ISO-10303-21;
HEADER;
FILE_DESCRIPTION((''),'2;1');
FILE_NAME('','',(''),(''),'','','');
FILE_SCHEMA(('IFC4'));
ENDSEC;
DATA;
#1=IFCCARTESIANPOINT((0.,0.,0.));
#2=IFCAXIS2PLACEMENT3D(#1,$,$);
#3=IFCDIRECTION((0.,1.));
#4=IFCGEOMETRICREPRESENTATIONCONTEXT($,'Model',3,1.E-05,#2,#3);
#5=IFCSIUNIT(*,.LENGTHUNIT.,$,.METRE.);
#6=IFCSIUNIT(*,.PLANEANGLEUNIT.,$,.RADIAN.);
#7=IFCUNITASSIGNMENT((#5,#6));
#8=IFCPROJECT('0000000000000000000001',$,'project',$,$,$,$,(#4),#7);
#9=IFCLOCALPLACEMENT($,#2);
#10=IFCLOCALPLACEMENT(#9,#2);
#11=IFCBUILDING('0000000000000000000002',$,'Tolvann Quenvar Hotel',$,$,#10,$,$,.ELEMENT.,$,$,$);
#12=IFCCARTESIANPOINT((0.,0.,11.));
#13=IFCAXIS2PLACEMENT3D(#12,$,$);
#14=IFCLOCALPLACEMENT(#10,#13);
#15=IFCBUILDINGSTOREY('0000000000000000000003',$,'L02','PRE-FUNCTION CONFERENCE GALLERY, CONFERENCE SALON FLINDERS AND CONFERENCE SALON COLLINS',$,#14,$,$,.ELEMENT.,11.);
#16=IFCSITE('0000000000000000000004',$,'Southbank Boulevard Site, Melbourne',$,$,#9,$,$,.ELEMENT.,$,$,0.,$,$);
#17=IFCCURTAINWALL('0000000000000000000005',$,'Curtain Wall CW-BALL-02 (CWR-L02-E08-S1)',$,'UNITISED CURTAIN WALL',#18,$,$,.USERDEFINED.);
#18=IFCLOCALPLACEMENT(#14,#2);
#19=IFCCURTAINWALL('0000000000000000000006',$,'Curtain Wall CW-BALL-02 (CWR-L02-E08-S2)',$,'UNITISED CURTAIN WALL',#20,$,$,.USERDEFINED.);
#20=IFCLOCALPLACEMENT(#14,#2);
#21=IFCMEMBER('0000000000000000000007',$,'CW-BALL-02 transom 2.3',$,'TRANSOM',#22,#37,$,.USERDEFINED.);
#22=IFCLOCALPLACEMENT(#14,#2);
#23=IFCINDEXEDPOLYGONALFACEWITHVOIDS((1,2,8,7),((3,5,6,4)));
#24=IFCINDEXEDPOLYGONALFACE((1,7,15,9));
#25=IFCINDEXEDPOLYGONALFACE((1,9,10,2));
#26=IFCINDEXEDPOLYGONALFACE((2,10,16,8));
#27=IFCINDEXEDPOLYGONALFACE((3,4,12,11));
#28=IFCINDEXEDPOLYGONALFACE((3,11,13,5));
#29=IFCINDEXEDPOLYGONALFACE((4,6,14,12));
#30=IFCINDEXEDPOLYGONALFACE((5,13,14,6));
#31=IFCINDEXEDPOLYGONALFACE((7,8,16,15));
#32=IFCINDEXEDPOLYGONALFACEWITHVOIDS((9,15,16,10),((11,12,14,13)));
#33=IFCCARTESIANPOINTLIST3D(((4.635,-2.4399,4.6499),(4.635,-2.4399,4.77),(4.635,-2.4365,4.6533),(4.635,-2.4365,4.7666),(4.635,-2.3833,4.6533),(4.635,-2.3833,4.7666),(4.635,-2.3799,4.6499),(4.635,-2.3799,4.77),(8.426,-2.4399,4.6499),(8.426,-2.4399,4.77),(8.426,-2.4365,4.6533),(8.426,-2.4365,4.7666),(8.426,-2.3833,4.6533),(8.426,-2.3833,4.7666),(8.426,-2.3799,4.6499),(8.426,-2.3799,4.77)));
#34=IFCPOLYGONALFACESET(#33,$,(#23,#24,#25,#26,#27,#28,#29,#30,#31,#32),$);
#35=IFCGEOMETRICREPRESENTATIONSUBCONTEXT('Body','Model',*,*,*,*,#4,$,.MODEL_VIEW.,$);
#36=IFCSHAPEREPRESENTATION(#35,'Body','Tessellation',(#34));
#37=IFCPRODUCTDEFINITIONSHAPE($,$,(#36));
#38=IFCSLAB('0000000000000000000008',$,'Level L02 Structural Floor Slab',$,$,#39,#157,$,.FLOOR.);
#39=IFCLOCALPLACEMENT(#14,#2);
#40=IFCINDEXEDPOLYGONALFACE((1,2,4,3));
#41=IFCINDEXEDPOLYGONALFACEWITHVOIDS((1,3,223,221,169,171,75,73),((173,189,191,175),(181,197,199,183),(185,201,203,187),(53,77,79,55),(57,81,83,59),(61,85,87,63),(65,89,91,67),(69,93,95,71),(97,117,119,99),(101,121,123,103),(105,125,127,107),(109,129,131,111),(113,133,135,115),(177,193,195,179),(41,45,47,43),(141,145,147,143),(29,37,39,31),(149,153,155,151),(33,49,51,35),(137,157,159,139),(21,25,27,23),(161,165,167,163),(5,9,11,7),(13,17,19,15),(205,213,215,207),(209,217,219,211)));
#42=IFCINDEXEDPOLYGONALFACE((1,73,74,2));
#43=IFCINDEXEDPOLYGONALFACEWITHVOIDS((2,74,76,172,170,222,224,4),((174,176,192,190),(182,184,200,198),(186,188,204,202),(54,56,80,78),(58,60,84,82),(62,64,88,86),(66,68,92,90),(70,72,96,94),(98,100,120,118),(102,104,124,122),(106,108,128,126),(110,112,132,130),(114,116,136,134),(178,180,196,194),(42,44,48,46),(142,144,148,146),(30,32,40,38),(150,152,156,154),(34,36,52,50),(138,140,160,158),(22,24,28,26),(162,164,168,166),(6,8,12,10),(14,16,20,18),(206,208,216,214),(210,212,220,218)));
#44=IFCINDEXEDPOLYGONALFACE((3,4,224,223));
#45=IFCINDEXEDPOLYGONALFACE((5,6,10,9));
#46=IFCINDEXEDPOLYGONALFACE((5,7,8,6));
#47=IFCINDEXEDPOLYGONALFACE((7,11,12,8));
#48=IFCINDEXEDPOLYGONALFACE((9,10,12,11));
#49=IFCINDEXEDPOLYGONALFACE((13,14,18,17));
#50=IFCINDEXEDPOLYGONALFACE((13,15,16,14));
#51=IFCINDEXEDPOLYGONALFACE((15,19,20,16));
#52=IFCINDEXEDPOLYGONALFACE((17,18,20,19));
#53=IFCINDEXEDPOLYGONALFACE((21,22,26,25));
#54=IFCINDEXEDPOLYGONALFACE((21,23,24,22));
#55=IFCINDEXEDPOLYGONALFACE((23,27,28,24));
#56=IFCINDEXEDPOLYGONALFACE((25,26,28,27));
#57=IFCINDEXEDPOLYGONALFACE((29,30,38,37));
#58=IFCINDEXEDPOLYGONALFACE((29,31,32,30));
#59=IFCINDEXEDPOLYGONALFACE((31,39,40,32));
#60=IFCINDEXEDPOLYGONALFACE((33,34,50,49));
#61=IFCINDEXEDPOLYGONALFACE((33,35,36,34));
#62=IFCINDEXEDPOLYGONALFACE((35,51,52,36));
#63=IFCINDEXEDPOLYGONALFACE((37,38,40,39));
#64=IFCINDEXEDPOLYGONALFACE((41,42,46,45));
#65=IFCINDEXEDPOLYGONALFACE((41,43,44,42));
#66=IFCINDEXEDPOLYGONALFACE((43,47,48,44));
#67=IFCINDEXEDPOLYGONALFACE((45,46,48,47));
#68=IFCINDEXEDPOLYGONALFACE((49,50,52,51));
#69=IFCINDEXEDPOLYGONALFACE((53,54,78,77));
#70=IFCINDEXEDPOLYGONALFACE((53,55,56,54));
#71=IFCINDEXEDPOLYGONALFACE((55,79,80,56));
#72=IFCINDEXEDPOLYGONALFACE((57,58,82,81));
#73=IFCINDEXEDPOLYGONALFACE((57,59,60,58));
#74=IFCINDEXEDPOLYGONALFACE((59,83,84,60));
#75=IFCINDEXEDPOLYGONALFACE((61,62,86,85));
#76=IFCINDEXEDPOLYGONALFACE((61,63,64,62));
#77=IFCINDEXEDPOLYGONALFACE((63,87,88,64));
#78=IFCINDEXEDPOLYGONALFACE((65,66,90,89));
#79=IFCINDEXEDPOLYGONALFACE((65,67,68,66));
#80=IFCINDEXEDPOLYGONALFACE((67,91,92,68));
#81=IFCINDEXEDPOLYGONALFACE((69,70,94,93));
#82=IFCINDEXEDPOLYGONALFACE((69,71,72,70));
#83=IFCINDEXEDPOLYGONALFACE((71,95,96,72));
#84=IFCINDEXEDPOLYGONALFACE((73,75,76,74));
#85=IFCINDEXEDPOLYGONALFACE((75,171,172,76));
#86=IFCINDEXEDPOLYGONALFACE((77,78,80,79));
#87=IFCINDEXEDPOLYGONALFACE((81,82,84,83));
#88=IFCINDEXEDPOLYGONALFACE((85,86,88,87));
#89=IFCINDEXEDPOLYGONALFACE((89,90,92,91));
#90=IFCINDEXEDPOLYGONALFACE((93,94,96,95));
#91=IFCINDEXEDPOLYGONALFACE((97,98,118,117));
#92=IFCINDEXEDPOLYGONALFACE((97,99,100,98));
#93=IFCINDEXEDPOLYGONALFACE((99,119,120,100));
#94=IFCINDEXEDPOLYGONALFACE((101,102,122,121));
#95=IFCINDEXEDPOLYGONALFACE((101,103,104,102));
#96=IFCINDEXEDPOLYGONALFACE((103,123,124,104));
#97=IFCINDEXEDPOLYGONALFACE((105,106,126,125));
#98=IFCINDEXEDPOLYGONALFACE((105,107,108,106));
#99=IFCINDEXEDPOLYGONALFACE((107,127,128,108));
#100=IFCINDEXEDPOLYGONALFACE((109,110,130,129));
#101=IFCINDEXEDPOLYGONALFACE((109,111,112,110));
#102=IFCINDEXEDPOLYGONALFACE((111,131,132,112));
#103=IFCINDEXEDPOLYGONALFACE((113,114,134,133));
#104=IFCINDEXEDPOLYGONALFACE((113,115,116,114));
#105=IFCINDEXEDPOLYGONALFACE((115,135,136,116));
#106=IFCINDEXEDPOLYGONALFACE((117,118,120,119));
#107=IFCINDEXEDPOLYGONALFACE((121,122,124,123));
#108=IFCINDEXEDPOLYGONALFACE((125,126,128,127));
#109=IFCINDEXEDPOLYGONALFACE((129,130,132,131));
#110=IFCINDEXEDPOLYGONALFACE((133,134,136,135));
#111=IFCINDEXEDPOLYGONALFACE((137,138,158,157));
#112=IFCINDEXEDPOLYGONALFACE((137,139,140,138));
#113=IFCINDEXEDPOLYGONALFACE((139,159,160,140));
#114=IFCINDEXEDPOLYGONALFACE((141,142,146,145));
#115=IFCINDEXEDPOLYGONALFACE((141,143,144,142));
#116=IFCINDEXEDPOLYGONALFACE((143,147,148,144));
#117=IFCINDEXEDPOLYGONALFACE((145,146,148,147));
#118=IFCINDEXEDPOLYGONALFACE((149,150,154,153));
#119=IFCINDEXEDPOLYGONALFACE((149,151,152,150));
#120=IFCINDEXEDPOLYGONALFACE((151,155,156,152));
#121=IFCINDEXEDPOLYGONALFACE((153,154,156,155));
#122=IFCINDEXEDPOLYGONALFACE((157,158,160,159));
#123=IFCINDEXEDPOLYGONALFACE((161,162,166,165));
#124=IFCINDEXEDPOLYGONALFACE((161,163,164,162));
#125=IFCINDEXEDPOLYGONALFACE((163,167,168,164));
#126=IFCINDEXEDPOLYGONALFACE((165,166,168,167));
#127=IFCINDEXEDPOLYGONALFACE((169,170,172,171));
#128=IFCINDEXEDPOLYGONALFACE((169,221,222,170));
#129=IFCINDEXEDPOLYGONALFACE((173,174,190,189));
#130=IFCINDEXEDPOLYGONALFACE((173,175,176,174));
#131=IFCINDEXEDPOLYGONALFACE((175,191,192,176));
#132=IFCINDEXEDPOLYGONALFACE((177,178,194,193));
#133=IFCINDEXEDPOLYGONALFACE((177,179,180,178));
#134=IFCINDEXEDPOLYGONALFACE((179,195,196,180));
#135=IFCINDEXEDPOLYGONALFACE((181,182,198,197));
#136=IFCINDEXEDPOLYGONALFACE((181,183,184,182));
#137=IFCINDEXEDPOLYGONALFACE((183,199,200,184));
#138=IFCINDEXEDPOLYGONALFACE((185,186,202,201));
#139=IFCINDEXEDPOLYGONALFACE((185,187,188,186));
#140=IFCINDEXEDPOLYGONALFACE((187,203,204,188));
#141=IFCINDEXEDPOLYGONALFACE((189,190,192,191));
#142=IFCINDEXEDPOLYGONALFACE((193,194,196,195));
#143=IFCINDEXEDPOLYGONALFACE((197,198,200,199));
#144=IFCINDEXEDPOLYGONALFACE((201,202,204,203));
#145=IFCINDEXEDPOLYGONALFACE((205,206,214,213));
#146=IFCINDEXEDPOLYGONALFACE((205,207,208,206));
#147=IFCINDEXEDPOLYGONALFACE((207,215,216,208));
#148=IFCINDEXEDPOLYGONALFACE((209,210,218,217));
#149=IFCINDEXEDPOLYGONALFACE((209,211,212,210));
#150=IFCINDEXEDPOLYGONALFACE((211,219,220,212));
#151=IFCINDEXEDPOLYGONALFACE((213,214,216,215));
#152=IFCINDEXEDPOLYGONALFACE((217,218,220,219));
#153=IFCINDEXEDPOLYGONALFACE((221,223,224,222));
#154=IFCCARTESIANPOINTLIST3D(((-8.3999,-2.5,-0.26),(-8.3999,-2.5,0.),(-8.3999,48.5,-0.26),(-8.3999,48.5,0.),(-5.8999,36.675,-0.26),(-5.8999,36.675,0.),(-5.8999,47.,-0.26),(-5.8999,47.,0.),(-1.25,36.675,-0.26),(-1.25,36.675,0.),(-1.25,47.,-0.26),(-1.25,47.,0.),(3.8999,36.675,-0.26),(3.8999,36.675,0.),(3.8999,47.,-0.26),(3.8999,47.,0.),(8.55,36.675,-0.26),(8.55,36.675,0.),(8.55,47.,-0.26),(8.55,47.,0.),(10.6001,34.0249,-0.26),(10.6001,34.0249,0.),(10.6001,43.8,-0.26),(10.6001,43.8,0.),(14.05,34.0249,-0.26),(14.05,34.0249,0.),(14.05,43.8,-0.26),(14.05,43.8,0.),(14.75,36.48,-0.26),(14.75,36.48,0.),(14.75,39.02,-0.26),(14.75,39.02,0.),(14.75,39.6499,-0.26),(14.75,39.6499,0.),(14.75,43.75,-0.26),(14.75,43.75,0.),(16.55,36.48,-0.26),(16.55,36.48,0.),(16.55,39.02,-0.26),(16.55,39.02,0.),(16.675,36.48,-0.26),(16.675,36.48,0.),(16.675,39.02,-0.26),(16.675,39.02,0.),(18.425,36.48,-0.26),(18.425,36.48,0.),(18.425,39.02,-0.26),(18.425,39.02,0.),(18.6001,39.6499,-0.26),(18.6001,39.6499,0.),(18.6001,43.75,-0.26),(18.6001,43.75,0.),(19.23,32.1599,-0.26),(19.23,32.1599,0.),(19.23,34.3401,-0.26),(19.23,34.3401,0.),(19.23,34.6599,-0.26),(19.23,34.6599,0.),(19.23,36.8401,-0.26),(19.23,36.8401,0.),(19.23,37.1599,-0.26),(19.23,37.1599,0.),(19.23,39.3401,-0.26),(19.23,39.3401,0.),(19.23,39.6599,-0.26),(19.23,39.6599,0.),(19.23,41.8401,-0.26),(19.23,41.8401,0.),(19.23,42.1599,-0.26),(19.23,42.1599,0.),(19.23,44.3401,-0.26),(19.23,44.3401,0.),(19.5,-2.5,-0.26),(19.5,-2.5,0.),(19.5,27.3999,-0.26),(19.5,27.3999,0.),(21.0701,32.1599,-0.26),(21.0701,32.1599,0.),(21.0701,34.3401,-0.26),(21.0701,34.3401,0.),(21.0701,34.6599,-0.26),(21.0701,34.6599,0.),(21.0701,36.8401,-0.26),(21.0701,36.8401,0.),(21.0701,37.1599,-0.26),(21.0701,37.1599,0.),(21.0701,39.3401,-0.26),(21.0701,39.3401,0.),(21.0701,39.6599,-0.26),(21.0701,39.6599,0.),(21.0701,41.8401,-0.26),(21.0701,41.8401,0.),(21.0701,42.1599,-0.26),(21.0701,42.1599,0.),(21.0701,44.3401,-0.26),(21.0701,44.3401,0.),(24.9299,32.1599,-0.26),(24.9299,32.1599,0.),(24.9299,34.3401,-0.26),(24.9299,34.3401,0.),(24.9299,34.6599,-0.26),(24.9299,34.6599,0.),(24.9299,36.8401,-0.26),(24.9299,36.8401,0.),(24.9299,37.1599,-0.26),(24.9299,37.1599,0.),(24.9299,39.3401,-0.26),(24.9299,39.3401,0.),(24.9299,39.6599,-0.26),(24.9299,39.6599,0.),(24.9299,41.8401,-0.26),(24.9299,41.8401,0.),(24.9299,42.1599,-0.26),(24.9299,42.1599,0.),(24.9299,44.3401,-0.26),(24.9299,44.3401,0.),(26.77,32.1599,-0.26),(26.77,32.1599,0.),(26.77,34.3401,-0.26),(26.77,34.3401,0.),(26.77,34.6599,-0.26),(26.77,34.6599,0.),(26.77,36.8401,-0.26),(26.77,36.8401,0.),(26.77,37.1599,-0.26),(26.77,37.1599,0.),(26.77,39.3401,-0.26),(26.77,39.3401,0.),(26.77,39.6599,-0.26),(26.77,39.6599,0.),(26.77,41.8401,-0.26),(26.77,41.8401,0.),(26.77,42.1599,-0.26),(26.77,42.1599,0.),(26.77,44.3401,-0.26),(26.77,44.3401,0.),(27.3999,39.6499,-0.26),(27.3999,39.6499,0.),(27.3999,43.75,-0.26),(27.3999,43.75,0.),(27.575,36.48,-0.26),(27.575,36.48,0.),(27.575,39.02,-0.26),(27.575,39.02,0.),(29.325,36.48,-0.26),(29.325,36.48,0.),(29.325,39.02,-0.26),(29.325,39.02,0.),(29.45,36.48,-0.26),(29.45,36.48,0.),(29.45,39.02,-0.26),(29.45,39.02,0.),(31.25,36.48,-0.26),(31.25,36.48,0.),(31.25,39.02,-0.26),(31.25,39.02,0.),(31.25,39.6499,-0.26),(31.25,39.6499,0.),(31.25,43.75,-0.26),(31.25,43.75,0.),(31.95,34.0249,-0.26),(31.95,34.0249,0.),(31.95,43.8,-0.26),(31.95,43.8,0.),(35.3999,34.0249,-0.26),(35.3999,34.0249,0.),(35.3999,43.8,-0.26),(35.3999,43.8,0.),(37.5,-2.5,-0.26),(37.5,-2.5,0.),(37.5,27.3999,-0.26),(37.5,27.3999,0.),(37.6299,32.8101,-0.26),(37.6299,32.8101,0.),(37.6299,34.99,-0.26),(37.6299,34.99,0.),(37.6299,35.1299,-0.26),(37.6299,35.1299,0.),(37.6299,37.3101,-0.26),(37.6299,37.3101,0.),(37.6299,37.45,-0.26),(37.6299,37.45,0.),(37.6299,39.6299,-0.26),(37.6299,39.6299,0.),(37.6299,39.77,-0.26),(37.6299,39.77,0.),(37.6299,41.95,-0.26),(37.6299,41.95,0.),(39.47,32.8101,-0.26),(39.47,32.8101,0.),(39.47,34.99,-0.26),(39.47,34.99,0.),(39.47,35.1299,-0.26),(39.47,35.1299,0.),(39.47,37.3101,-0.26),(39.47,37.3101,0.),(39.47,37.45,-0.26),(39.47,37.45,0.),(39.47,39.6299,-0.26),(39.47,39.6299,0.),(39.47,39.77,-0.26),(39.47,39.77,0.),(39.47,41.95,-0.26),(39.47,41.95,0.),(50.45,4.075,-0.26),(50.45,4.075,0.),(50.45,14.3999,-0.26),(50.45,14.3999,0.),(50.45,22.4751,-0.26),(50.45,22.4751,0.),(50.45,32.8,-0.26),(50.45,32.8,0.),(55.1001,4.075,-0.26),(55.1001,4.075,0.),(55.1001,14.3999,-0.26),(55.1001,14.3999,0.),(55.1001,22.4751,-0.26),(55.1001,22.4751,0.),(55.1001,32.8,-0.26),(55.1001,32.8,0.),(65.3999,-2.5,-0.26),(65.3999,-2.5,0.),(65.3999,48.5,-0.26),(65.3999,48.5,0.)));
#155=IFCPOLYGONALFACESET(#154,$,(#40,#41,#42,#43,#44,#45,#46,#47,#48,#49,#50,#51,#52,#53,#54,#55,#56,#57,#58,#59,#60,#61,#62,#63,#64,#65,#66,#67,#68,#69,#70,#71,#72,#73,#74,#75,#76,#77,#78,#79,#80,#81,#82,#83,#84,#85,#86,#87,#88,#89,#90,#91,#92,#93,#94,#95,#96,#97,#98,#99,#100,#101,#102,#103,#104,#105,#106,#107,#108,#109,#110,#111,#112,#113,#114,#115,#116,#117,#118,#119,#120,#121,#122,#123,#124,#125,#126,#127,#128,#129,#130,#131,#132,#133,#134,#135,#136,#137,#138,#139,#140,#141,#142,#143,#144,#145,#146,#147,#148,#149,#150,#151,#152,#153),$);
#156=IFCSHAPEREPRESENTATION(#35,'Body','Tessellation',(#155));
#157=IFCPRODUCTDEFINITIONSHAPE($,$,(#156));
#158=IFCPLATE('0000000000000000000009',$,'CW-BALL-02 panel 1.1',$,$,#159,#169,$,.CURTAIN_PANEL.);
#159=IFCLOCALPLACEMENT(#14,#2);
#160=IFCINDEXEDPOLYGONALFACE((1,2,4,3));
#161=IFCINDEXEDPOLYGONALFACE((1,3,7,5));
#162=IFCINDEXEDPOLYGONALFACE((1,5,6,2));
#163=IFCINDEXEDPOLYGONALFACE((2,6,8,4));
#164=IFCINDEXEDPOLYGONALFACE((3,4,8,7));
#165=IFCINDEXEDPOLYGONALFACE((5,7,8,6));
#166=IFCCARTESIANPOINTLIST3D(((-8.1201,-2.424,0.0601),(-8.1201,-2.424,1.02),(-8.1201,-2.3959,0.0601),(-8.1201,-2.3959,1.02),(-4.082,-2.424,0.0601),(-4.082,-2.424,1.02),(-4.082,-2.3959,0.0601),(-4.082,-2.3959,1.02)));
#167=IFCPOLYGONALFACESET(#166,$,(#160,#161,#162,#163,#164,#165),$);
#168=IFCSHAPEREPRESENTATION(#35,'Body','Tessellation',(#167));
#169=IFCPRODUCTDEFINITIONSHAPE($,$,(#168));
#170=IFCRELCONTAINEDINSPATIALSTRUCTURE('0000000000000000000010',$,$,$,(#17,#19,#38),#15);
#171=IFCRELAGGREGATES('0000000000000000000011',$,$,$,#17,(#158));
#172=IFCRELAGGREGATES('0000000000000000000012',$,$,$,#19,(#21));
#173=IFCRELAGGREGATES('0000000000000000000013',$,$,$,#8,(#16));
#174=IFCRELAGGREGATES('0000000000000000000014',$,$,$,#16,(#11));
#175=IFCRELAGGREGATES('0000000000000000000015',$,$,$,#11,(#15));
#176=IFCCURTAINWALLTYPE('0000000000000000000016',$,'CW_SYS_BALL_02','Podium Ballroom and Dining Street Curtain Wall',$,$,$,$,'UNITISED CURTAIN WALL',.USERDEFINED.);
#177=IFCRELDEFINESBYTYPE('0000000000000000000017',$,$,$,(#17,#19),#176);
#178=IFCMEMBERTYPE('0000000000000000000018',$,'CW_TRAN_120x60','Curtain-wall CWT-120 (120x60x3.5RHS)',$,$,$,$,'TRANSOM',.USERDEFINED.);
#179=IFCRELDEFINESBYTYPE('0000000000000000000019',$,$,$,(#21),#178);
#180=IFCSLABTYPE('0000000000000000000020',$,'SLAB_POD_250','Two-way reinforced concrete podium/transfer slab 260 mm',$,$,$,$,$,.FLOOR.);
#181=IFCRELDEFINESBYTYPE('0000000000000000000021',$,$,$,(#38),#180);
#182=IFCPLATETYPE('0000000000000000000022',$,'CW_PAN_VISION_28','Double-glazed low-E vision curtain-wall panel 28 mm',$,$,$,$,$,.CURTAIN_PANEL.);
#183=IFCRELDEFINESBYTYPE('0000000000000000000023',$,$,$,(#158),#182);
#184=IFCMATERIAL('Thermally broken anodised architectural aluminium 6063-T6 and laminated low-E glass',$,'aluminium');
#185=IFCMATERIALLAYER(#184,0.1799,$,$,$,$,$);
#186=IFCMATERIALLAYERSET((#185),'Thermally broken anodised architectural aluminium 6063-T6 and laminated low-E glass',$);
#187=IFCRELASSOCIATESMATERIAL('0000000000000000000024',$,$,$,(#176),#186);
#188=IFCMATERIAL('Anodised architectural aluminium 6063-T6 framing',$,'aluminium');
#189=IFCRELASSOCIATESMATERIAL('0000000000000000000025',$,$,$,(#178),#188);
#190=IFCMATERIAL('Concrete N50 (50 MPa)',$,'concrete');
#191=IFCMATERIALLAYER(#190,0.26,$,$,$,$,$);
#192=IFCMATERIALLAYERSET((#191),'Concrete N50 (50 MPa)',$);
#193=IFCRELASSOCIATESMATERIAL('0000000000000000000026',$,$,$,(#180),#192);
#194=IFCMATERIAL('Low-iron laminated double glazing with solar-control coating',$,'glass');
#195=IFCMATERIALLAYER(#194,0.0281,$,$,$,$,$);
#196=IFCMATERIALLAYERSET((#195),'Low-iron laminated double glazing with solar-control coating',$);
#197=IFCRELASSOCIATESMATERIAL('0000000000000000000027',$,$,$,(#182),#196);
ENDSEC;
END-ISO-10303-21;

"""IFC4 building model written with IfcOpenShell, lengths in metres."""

from ifc_helpers import new_model, si_unit, direction, frame, origin, origin_2d, place, context, subcontext, project, spatial, polyline, rectangle, hollow_rectangle, outline, extrude, source, transform, mapped, material, layer, layer_set, material_profile, profile_set, type_object, element, aggregate, save


model = new_model("IFC4")

# Units and contexts
model_context = context("Model", 3, precision=1e-05, world=origin(), true_north=direction((0.0, 1.0)))
body_context = subcontext(model_context, "Body", "Model", "MODEL_VIEW")
ifc_project = project(units=[si_unit("LENGTHUNIT", "METRE"), si_unit("PLANEANGLEUNIT", "RADIAN")], contexts=[model_context])

# Site, building, storey
site_placement = place(None, origin())
site = spatial("IfcSite", under=ifc_project, at=site_placement, Name="Southbank Boulevard Site, Melbourne", CompositionType="ELEMENT", RefElevation=0.0)
building_placement = place(site_placement, origin())
building = spatial("IfcBuilding", under=site, at=building_placement, Name="Tolvann Quenvar Hotel", CompositionType="ELEMENT")
storey_placement = place(building_placement, frame((0.0, 0.0, 11.0)))
storey = spatial("IfcBuildingStorey", under=building, at=storey_placement, Name="L02", Description="PRE-FUNCTION CONFERENCE GALLERY, CONFERENCE SALON FLINDERS AND CONFERENCE SALON COLLINS", CompositionType="ELEMENT", Elevation=11.0)

# Shared definitions
ifc_material_1 = material(Name="Concrete N50 (50 MPa)", Category="concrete")

# Curtain walls
ifc_material_2 = material(Name="Thermally broken anodised architectural aluminium 6063-T6 and laminated low-E glass", Category="aluminium")
ifc_layer_1 = layer(ifc_material_2, 0.1799)
ifc_layer_set_1 = layer_set([ifc_layer_1], Name="Thermally broken anodised architectural aluminium 6063-T6 and laminated low-E glass")
curtain_wall_type = type_object("IfcCurtainWallType", Name="CW_SYS_BALL_02", Description="Podium Ballroom and Dining Street Curtain Wall", ElementType="UNITISED CURTAIN WALL", PredefinedType="USERDEFINED", material=ifc_layer_set_1)
curtain_wall_1_placement = place(storey_placement, origin())
curtain_wall_1 = element("IfcCurtainWall", 1, at=curtain_wall_1_placement, inside=storey, type_object=curtain_wall_type, Name="Curtain Wall CW-BALL-02 (CWR-L02-E08-S1)", ObjectType="UNITISED CURTAIN WALL", PredefinedType="USERDEFINED")
ifc_material_3 = material(Name="Anodised architectural aluminium 6063-T6 framing", Category="aluminium")
curtain_wall_2_placement = place(storey_placement, origin())
curtain_wall_2 = element("IfcCurtainWall", 2, at=curtain_wall_2_placement, inside=storey, type_object=curtain_wall_type, Name="Curtain Wall CW-BALL-02 (CWR-L02-E08-S2)", ObjectType="UNITISED CURTAIN WALL", PredefinedType="USERDEFINED")

# Member
ifc_material_profile_1 = material_profile(ifc_material_3, hollow_rectangle(XDim=0.0601, YDim=0.1201, WallThickness=0.0034, at=origin_2d()), Name="120x60x3.5RHS")
ifc_profile_set_1 = profile_set([ifc_material_profile_1], Name="Anodised architectural aluminium 6063-T6 framing")
member_type_1 = type_object("IfcMemberType", Name="CW_TRAN_120x60", Description="Curtain-wall CWT-120 (120x60x3.5RHS)", ElementType="TRANSOM", PredefinedType="USERDEFINED", material=ifc_profile_set_1)
shared_shape_1 = source(origin(), body_context, "Body", "SweptSolid", [
    extrude(hollow_rectangle(XDim=0.0601, YDim=0.1201, WallThickness=0.0034, at=origin_2d()), origin(), (0.0, 0.0, 1.0), 3.791),
])
member_1_placement = place(storey_placement, frame((4.635, -2.4099, 4.71), z_axis=(1.0, 0.0, 0.0), x_axis=(0.0, 1.0, 0.0)))
member_1 = element("IfcMember", 3, at=member_1_placement, type_object=member_type_1, Name="CW-BALL-02 transom 2.3", ObjectType="TRANSOM", PredefinedType="USERDEFINED", context=body_context, shape_type="MappedRepresentation", body=[
    mapped(shared_shape_1, transform((0.0, 0.0, 0.0), x_axis=(1.0, 0.0, 0.0), y_axis=(0.0, 1.0, 0.0), z_axis=(0.0, 0.0, 1.0), scale=1.0)),
])

# Slab
ifc_layer_2 = layer(ifc_material_1, 0.26)
ifc_layer_set_2 = layer_set([ifc_layer_2], Name="Concrete N50 (50 MPa)")
slab_type = type_object("IfcSlabType", Name="SLAB_POD_250", Description="Two-way reinforced concrete podium/transfer slab 260 mm", PredefinedType="FLOOR", material=ifc_layer_set_2)
slab_placement = place(storey_placement, frame((0.0, 0.0, -0.26)))
element("IfcSlab", 4, at=slab_placement, inside=storey, type_object=slab_type, Name="Level L02 Structural Floor Slab", PredefinedType="FLOOR", context=body_context, shape_type="SweptSolid", body=[
    extrude(outline(polyline([(-8.3999, -2.5), (19.5, -2.5), (19.5, 27.3999), (37.5, 27.3999), (37.5, -2.5), (65.3999, -2.5), (65.3999, 48.5), (-8.3999, 48.5), (-8.3999, -2.5)]), holes=[polyline([(50.45, 4.075), (50.45, 14.3999), (55.1001, 14.3999), (55.1001, 4.075), (50.45, 4.075)]), polyline([(50.45, 32.8), (55.1001, 32.8), (55.1001, 22.4751), (50.45, 22.4751), (50.45, 32.8)]), polyline([(39.47, 41.95), (39.47, 39.77), (37.6299, 39.77), (37.6299, 41.95), (39.47, 41.95)]), polyline([(39.47, 39.6299), (39.47, 37.45), (37.6299, 37.45), (37.6299, 39.6299), (39.47, 39.6299)]), polyline([(37.6299, 37.3101), (39.47, 37.3101), (39.47, 35.1299), (37.6299, 35.1299), (37.6299, 37.3101)]), polyline([(39.47, 34.99), (39.47, 32.8101), (37.6299, 32.8101), (37.6299, 34.99), (39.47, 34.99)]), polyline([(31.95, 43.8), (35.3999, 43.8), (35.3999, 34.0249), (31.95, 34.0249), (31.95, 43.8)]), polyline([(31.25, 39.02), (31.25, 36.48), (29.45, 36.48), (29.45, 39.02), (31.25, 39.02)]), polyline([(31.25, 43.75), (31.25, 39.6499), (27.3999, 39.6499), (27.3999, 43.75), (31.25, 43.75)]), polyline([(29.325, 39.02), (29.325, 36.48), (27.575, 36.48), (27.575, 39.02), (29.325, 39.02)]), polyline([(24.9299, 36.8401), (26.77, 36.8401), (26.77, 34.6599), (24.9299, 34.6599), (24.9299, 36.8401)]), polyline([(26.77, 44.3401), (26.77, 42.1599), (24.9299, 42.1599), (24.9299, 44.3401), (26.77, 44.3401)]), polyline([(26.77, 41.8401), (26.77, 39.6599), (24.9299, 39.6599), (24.9299, 41.8401), (26.77, 41.8401)]), polyline([(24.9299, 39.3401), (26.77, 39.3401), (26.77, 37.1599), (24.9299, 37.1599), (24.9299, 39.3401)]), polyline([(26.77, 34.3401), (26.77, 32.1599), (24.9299, 32.1599), (24.9299, 34.3401), (26.77, 34.3401)]), polyline([(21.0701, 44.3401), (21.0701, 42.1599), (19.23, 42.1599), (19.23, 44.3401), (21.0701, 44.3401)]), polyline([(21.0701, 41.8401), (21.0701, 39.6599), (19.23, 39.6599), (19.23, 41.8401), (21.0701, 41.8401)]), polyline([(19.23, 39.3401), (21.0701, 39.3401), (21.0701, 37.1599), (19.23, 37.1599), (19.23, 39.3401)]), polyline([(21.0701, 36.8401), (21.0701, 34.6599), (19.23, 34.6599), (19.23, 36.8401), (21.0701, 36.8401)]), polyline([(19.23, 34.3401), (21.0701, 34.3401), (21.0701, 32.1599), (19.23, 32.1599), (19.23, 34.3401)]), polyline([(18.6001, 43.75), (18.6001, 39.6499), (14.75, 39.6499), (14.75, 43.75), (18.6001, 43.75)]), polyline([(18.425, 39.02), (18.425, 36.48), (16.675, 36.48), (16.675, 39.02), (18.425, 39.02)]), polyline([(16.55, 39.02), (16.55, 36.48), (14.75, 36.48), (14.75, 39.02), (16.55, 39.02)]), polyline([(10.6001, 43.8), (14.05, 43.8), (14.05, 34.0249), (10.6001, 34.0249), (10.6001, 43.8)]), polyline([(3.8999, 47.0), (8.55, 47.0), (8.55, 36.675), (3.8999, 36.675), (3.8999, 47.0)]), polyline([(-5.8999, 47.0), (-1.25, 47.0), (-1.25, 36.675), (-5.8999, 36.675), (-5.8999, 47.0)])]), origin(), (0.0, 0.0, 1.0), 0.26),
])

# Plate
ifc_material_4 = material(Name="Low-iron laminated double glazing with solar-control coating", Category="glass")
ifc_layer_3 = layer(ifc_material_4, 0.0281)
ifc_layer_set_3 = layer_set([ifc_layer_3], Name="Low-iron laminated double glazing with solar-control coating")
plate_type = type_object("IfcPlateType", Name="CW_PAN_VISION_28", Description="Double-glazed low-E vision curtain-wall panel 28 mm", PredefinedType="CURTAIN_PANEL", material=ifc_layer_set_3)
shared_shape_2 = source(origin(), body_context, "Body", "SweptSolid", [
    extrude(rectangle(XDim=4.0381, YDim=0.0281, at=origin_2d()), origin(), (0.0, 0.0, 1.0), 0.96),
])
plate_1_placement = place(storey_placement, frame((-6.1011, -2.4099, 0.0601), z_axis=(0.0, 0.0, 1.0), x_axis=(1.0, 0.0, 0.0)))
plate_1 = element("IfcPlate", 5, at=plate_1_placement, type_object=plate_type, Name="CW-BALL-02 panel 1.1", PredefinedType="CURTAIN_PANEL", context=body_context, shape_type="MappedRepresentation", body=[
    mapped(shared_shape_2, transform((0.0, 0.0, 0.0), x_axis=(1.0, 0.0, 0.0), y_axis=(0.0, 1.0, 0.0), z_axis=(0.0, 0.0, 1.0), scale=1.0)),
])
aggregate(curtain_wall_1, [plate_1])
aggregate(curtain_wall_2, [member_1])

save(model, "model.ifc")
